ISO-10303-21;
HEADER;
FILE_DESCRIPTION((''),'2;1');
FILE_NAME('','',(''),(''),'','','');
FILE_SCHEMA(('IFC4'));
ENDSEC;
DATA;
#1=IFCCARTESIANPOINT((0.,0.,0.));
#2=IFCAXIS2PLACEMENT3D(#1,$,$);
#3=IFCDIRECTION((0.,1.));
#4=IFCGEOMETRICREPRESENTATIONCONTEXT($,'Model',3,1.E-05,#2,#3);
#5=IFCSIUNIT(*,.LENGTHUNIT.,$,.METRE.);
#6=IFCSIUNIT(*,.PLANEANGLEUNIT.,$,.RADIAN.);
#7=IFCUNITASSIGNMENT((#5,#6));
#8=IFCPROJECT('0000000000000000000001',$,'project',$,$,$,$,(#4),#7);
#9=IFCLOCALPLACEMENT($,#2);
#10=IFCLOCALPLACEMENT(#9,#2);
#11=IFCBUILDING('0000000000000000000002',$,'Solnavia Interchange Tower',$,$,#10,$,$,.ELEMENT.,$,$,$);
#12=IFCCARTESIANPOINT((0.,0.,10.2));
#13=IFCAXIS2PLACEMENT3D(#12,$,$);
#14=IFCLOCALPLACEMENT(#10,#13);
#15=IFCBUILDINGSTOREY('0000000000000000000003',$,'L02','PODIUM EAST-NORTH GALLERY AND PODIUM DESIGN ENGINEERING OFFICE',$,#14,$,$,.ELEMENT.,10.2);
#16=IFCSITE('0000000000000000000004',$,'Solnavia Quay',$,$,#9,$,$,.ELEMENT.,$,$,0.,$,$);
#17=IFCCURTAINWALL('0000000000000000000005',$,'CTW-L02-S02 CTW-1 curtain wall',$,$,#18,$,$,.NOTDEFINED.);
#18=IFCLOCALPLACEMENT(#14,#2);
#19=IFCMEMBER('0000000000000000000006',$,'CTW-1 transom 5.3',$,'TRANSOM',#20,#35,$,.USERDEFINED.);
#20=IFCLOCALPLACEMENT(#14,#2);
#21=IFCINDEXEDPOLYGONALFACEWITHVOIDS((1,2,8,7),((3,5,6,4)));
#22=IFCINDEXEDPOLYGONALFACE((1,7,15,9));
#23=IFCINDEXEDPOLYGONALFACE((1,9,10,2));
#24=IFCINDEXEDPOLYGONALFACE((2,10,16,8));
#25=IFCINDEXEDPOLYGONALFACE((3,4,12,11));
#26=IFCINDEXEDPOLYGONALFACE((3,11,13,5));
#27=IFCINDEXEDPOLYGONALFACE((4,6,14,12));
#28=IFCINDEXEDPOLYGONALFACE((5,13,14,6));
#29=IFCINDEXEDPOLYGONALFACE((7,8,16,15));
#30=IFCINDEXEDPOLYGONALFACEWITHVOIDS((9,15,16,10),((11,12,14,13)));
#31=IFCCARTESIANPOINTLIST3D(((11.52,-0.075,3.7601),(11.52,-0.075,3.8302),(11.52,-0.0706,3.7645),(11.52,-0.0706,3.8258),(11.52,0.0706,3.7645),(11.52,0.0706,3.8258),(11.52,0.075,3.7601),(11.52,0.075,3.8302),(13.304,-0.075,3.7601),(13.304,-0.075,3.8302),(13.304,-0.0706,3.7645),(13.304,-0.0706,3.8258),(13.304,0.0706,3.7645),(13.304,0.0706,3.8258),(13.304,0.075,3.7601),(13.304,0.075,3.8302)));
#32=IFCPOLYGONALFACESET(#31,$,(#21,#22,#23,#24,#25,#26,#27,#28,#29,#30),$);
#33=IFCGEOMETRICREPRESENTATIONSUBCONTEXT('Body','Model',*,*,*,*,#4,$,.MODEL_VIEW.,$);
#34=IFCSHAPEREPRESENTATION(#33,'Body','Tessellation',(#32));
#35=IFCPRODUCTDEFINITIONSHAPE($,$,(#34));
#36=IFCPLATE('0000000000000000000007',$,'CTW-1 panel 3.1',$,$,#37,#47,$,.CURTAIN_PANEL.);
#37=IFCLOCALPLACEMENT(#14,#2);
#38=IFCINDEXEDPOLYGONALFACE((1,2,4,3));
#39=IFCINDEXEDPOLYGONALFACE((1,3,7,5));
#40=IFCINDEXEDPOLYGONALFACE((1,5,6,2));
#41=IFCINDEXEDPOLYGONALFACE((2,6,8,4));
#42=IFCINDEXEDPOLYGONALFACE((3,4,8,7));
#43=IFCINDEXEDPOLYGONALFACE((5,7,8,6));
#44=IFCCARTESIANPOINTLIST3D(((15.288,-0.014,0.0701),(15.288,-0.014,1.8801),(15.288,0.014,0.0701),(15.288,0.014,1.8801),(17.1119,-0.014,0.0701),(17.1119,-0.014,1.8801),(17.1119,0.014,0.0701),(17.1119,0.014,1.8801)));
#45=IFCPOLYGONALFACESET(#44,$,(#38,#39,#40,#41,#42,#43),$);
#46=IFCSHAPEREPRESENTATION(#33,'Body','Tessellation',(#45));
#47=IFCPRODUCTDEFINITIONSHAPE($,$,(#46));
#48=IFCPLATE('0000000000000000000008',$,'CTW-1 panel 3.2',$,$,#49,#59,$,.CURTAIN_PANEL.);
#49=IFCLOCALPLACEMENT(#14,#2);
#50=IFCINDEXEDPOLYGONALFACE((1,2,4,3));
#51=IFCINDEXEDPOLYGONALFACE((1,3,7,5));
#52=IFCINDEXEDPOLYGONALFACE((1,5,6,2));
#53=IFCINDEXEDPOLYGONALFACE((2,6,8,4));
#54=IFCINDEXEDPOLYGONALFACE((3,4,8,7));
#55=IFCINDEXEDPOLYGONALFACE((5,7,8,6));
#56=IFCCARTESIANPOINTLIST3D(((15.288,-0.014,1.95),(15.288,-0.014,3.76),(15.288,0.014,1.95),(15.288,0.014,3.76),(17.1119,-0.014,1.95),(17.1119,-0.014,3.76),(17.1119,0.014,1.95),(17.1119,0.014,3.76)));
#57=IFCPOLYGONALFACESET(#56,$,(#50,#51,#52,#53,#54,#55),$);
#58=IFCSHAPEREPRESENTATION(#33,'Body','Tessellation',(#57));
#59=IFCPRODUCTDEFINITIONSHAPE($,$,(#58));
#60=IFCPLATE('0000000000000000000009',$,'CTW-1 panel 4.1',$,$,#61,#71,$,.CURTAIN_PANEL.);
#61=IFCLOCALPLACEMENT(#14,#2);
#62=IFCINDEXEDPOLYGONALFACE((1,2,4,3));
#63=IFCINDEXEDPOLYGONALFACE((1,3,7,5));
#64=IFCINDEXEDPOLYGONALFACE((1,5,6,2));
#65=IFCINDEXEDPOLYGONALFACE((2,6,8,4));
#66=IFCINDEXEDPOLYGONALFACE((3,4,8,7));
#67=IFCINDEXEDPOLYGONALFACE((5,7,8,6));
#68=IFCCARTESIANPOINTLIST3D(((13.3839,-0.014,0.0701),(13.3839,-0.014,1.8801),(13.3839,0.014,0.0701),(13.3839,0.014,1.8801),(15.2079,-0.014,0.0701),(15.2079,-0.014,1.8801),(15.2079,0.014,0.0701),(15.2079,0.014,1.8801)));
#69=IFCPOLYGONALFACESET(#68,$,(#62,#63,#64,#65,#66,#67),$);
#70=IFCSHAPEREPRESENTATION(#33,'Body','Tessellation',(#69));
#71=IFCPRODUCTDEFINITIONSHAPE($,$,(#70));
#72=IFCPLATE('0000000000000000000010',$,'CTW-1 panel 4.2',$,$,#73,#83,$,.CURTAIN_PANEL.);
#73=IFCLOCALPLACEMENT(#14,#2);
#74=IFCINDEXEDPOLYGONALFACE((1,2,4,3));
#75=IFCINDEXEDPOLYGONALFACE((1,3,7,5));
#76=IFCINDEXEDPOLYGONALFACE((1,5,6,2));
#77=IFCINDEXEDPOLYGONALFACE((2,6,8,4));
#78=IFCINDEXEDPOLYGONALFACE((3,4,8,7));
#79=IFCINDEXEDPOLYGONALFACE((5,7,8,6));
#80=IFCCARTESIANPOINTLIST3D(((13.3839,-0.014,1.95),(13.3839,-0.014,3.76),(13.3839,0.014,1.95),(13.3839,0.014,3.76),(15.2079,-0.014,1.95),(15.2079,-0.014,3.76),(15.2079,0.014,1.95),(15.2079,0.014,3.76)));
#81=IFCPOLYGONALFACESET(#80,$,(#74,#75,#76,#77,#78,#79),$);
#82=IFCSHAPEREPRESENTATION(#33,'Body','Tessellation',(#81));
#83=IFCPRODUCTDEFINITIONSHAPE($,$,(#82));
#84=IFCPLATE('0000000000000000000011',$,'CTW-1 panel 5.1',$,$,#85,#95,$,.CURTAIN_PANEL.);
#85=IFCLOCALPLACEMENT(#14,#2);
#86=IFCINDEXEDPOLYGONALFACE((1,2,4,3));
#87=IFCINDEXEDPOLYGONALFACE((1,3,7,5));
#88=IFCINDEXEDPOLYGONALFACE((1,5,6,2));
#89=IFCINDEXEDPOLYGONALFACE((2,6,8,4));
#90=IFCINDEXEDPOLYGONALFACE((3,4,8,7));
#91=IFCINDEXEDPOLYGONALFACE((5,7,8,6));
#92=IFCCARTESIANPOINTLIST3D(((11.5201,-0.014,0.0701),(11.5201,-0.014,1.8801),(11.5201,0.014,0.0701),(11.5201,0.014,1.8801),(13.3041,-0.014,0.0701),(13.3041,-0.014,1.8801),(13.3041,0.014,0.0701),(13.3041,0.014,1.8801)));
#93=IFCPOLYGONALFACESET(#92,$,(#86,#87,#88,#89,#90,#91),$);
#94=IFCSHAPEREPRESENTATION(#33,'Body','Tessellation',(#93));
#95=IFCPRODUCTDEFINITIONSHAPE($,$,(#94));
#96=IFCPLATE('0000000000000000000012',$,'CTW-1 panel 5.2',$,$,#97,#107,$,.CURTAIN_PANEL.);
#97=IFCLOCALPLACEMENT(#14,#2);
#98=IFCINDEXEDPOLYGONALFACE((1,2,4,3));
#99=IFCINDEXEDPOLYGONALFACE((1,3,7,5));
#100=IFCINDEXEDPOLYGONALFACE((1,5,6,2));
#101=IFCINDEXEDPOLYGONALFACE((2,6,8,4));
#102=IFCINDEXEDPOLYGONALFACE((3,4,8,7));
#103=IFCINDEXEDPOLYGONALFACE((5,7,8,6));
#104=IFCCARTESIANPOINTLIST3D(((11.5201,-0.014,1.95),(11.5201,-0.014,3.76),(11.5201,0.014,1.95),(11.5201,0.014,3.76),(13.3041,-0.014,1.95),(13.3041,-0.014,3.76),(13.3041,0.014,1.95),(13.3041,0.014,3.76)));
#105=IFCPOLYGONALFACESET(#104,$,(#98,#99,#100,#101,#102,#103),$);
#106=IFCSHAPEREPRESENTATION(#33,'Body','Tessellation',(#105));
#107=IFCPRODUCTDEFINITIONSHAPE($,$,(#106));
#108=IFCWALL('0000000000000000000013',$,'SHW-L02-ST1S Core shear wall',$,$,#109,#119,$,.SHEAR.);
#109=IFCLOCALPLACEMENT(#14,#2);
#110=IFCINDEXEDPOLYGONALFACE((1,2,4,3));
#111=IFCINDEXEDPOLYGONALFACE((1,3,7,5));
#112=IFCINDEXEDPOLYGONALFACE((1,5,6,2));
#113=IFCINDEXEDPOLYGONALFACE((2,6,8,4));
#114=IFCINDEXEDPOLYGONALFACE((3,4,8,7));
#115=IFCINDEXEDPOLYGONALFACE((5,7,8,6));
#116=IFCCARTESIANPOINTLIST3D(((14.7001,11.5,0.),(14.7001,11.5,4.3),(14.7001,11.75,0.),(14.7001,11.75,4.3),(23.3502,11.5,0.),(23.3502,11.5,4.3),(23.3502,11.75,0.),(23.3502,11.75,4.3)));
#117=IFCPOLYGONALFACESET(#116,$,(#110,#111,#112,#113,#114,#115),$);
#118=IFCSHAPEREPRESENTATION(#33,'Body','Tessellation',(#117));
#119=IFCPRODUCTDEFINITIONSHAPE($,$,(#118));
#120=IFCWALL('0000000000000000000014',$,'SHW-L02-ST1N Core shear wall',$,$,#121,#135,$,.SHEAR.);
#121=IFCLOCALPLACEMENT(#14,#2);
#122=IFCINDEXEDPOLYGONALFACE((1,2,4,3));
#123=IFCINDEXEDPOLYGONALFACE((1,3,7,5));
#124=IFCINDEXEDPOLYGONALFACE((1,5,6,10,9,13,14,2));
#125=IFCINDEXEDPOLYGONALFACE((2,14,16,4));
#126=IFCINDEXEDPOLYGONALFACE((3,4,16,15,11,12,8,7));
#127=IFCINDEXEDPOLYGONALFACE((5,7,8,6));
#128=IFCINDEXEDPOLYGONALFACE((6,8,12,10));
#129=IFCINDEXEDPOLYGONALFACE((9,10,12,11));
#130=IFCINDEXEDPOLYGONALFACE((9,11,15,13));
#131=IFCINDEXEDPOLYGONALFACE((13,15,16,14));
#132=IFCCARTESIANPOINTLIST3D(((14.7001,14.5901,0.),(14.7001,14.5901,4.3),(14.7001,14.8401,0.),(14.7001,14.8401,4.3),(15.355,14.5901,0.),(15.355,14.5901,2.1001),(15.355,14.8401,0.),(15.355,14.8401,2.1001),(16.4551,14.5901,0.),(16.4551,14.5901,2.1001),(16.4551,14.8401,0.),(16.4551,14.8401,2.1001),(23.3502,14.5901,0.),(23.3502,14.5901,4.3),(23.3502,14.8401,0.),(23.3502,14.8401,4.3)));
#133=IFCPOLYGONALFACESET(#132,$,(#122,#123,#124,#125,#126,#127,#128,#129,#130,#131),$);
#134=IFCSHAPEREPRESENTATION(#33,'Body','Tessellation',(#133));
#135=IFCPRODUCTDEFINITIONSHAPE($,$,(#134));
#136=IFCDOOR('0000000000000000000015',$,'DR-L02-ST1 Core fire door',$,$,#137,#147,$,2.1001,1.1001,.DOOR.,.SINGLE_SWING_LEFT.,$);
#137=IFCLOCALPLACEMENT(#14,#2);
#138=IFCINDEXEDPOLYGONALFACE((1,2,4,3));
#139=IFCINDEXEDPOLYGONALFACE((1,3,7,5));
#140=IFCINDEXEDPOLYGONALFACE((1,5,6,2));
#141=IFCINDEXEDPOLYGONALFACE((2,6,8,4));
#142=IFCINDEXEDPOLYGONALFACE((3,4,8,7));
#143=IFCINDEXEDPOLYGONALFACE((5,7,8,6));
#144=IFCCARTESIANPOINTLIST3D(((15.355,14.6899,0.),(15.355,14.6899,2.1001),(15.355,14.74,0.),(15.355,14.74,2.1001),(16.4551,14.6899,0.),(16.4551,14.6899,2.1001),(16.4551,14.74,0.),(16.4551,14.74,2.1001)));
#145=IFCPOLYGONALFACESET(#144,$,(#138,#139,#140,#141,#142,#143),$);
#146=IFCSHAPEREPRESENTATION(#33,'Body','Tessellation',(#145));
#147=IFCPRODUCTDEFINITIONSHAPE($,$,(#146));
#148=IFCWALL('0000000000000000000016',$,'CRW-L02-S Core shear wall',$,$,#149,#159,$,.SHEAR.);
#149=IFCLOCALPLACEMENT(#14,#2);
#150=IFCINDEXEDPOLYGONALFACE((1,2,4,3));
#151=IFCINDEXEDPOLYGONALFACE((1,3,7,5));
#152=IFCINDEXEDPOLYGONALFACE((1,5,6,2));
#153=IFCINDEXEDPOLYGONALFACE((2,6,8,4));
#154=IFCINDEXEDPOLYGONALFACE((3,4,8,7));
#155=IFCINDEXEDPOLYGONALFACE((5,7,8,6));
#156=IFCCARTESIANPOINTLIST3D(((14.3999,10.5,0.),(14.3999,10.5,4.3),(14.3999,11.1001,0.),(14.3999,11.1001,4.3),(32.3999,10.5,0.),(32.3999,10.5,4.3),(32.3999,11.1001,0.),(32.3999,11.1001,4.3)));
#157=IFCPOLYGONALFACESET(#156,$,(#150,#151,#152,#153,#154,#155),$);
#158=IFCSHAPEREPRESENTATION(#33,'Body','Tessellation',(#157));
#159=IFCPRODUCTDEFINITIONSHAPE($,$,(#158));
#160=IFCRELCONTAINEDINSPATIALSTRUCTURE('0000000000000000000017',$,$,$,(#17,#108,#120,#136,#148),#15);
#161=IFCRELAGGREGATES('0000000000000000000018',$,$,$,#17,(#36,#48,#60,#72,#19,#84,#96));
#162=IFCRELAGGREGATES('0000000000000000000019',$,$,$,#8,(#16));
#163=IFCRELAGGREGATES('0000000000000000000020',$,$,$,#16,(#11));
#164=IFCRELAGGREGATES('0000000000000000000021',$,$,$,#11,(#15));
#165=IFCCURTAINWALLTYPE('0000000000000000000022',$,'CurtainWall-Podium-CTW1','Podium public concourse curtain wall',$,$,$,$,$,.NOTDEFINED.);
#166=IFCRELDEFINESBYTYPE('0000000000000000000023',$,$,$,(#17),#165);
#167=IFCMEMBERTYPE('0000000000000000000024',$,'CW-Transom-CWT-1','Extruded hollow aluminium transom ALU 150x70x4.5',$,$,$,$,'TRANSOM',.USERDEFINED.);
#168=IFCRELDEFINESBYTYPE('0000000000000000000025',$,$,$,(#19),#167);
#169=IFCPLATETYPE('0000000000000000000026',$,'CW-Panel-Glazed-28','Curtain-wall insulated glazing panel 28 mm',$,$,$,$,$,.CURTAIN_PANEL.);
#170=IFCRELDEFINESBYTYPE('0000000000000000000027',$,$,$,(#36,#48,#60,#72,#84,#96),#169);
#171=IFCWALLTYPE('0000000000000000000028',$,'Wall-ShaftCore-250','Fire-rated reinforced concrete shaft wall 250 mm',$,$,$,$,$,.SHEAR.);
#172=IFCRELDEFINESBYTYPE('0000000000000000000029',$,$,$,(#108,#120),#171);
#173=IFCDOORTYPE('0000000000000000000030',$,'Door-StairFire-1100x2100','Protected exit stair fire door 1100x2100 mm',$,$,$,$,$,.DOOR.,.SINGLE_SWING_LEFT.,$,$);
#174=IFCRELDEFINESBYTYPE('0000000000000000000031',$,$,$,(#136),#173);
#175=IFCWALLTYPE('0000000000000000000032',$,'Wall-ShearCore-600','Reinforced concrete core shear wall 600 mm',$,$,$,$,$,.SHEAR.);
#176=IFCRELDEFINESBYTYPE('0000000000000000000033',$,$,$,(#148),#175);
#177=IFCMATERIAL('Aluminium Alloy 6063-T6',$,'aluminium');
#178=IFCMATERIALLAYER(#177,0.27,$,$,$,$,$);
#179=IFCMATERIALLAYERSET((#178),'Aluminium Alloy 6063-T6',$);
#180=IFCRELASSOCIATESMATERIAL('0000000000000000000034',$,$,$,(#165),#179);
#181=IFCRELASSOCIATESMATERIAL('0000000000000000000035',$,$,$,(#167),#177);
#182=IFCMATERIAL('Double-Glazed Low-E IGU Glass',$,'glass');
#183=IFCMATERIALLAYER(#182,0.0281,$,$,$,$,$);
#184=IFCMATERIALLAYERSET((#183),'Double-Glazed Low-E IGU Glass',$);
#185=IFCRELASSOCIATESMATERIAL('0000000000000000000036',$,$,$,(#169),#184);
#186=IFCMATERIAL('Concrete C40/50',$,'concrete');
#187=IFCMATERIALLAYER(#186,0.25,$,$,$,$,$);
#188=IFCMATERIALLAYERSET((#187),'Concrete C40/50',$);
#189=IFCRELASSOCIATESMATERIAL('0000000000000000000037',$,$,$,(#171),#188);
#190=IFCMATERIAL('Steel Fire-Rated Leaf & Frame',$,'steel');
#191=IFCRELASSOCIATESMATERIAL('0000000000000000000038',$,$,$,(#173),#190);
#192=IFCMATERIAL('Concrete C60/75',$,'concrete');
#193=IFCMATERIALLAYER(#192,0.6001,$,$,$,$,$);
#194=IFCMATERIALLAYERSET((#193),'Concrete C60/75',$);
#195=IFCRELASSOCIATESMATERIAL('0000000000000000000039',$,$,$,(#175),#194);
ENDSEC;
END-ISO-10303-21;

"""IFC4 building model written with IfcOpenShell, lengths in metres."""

from ifc_helpers import new_model, si_unit, direction, frame, frame_2d, origin, origin_2d, place, context, subcontext, project, spatial, rectangle, hollow_rectangle, extrude, material, layer, layer_set, material_profile, profile_set, type_object, element, fill, aggregate, save


model = new_model("IFC4")

# Units and contexts
model_context = context("Model", 3, precision=1e-05, world=origin(), true_north=direction((0.0, 1.0)))
body_context = subcontext(model_context, "Body", "Model", "MODEL_VIEW")
ifc_project = project(units=[si_unit("LENGTHUNIT", "METRE"), si_unit("PLANEANGLEUNIT", "RADIAN")], contexts=[model_context])

# Site, building, storey
site_placement = place(None, origin())
site = spatial("IfcSite", under=ifc_project, at=site_placement, Name="Solnavia Quay", CompositionType="ELEMENT", RefElevation=0.0)
building_placement = place(site_placement, origin())
building = spatial("IfcBuilding", under=site, at=building_placement, Name="Solnavia Interchange Tower", CompositionType="ELEMENT")
storey_placement = place(building_placement, frame((0.0, 0.0, 10.2)))
storey = spatial("IfcBuildingStorey", under=building, at=storey_placement, Name="L02", Description="PODIUM EAST-NORTH GALLERY AND PODIUM DESIGN ENGINEERING OFFICE", CompositionType="ELEMENT", Elevation=10.2)

# Shared definitions
ifc_material_1 = material(Name="Concrete C60/75", Category="concrete")

# Curtain wall, member, plates
ifc_material_2 = material(Name="Aluminium Alloy 6063-T6", Category="aluminium")
ifc_layer_1 = layer(ifc_material_2, 0.27)
ifc_layer_set_1 = layer_set([ifc_layer_1], Name="Aluminium Alloy 6063-T6")
curtain_wall_type = type_object("IfcCurtainWallType", Name="CurtainWall-Podium-CTW1", Description="Podium public concourse curtain wall", PredefinedType="NOTDEFINED", material=ifc_layer_set_1)
curtain_wall_placement = place(storey_placement, origin())
curtain_wall = element("IfcCurtainWall", 1, at=curtain_wall_placement, inside=storey, type_object=curtain_wall_type, Name="CTW-L02-S02 CTW-1 curtain wall", PredefinedType="NOTDEFINED")
ifc_material_profile_1 = material_profile(ifc_material_2, hollow_rectangle(XDim=0.0701, YDim=0.1499, WallThickness=0.0044, at=origin_2d()), Name="ALU 150x70x4.5")
ifc_profile_set_1 = profile_set([ifc_material_profile_1], Name="Aluminium Alloy 6063-T6")
member_type_1 = type_object("IfcMemberType", Name="CW-Transom-CWT-1", Description="Extruded hollow aluminium transom ALU 150x70x4.5", ElementType="TRANSOM", PredefinedType="USERDEFINED", material=ifc_profile_set_1)
member_1_placement = place(storey_placement, frame((13.304, 0.0, 3.7952), z_axis=(-1.0, 0.0, 0.0), x_axis=(0.0, 0.0, 1.0)))
member_1 = element("IfcMember", 2, at=member_1_placement, type_object=member_type_1, Name="CTW-1 transom 5.3", ObjectType="TRANSOM", PredefinedType="USERDEFINED", context=body_context, shape_type="SweptSolid", body=[
    extrude(hollow_rectangle(XDim=0.0701, YDim=0.1499, WallThickness=0.0044, at=origin_2d()), origin(), (0.0, 0.0, 1.0), 1.7839),
])
ifc_material_3 = material(Name="Double-Glazed Low-E IGU Glass", Category="glass")
ifc_layer_2 = layer(ifc_material_3, 0.0281)
ifc_layer_set_2 = layer_set([ifc_layer_2], Name="Double-Glazed Low-E IGU Glass")
plate_type = type_object("IfcPlateType", Name="CW-Panel-Glazed-28", Description="Curtain-wall insulated glazing panel 28 mm", PredefinedType="CURTAIN_PANEL", material=ifc_layer_set_2)
plate_1_placement = place(storey_placement, frame((16.2, 0.0, 0.0701), z_axis=(0.0, 0.0, 1.0), x_axis=(-1.0, 0.0, 0.0)))
plate_1 = element("IfcPlate", 3, at=plate_1_placement, type_object=plate_type, Name="CTW-1 panel 3.1", PredefinedType="CURTAIN_PANEL", context=body_context, shape_type="SweptSolid", body=[
    extrude(rectangle(XDim=1.824, YDim=0.0281, at=origin_2d()), origin(), (0.0, 0.0, 1.0), 1.8101),
])
plate_2_placement = place(storey_placement, frame((16.2, 0.0, 1.95), z_axis=(0.0, 0.0, 1.0), x_axis=(-1.0, 0.0, 0.0)))
plate_2 = element("IfcPlate", 4, at=plate_2_placement, type_object=plate_type, Name="CTW-1 panel 3.2", PredefinedType="CURTAIN_PANEL", context=body_context, shape_type="SweptSolid", body=[
    extrude(rectangle(XDim=1.824, YDim=0.0281, at=origin_2d()), origin(), (0.0, 0.0, 1.0), 1.8101),
])
plate_3_placement = place(storey_placement, frame((14.2959, 0.0, 0.0701), z_axis=(0.0, 0.0, 1.0), x_axis=(-1.0, 0.0, 0.0)))
plate_3 = element("IfcPlate", 5, at=plate_3_placement, type_object=plate_type, Name="CTW-1 panel 4.1", PredefinedType="CURTAIN_PANEL", context=body_context, shape_type="SweptSolid", body=[
    extrude(rectangle(XDim=1.824, YDim=0.0281, at=origin_2d()), origin(), (0.0, 0.0, 1.0), 1.8101),
])
plate_4_placement = place(storey_placement, frame((14.2959, 0.0, 1.95), z_axis=(0.0, 0.0, 1.0), x_axis=(-1.0, 0.0, 0.0)))
plate_4 = element("IfcPlate", 6, at=plate_4_placement, type_object=plate_type, Name="CTW-1 panel 4.2", PredefinedType="CURTAIN_PANEL", context=body_context, shape_type="SweptSolid", body=[
    extrude(rectangle(XDim=1.824, YDim=0.0281, at=origin_2d()), origin(), (0.0, 0.0, 1.0), 1.8101),
])
plate_5_placement = place(storey_placement, frame((12.4121, 0.0, 0.0701), z_axis=(0.0, 0.0, 1.0), x_axis=(-1.0, 0.0, 0.0)))
plate_5 = element("IfcPlate", 7, at=plate_5_placement, type_object=plate_type, Name="CTW-1 panel 5.1", PredefinedType="CURTAIN_PANEL", context=body_context, shape_type="SweptSolid", body=[
    extrude(rectangle(XDim=1.7839, YDim=0.0281, at=origin_2d()), origin(), (0.0, 0.0, 1.0), 1.8101),
])
plate_6_placement = place(storey_placement, frame((12.4121, 0.0, 1.95), z_axis=(0.0, 0.0, 1.0), x_axis=(-1.0, 0.0, 0.0)))
plate_6 = element("IfcPlate", 8, at=plate_6_placement, type_object=plate_type, Name="CTW-1 panel 5.2", PredefinedType="CURTAIN_PANEL", context=body_context, shape_type="SweptSolid", body=[
    extrude(rectangle(XDim=1.7839, YDim=0.0281, at=origin_2d()), origin(), (0.0, 0.0, 1.0), 1.8101),
])
aggregate(curtain_wall, [plate_1, plate_2, plate_3, plate_4, member_1, plate_5, plate_6])

# Wall
ifc_material_4 = material(Name="Concrete C40/50", Category="concrete")
ifc_layer_3 = layer(ifc_material_4, 0.25)
ifc_layer_set_3 = layer_set([ifc_layer_3], Name="Concrete C40/50")
wall_type_1 = type_object("IfcWallType", Name="Wall-ShaftCore-250", Description="Fire-rated reinforced concrete shaft wall 250 mm", PredefinedType="SHEAR", material=ifc_layer_set_3)
wall_1_placement = place(storey_placement, frame((14.7, 11.625, 0.0), z_axis=(0.0, 0.0, 1.0), x_axis=(1.0, 0.0, 0.0)))
element("IfcWall", 9, at=wall_1_placement, inside=storey, type_object=wall_type_1, Name="SHW-L02-ST1S Core shear wall", PredefinedType="SHEAR", context=body_context, shape_type="SweptSolid", body=[
    extrude(rectangle(XDim=8.6501, YDim=0.25, at=frame_2d((4.3252, 0.0))), origin(), (0.0, 0.0, 1.0), 4.3),
])

# Wall, opening, door
wall_2_placement = place(storey_placement, frame((14.7, 14.7151, 0.0), z_axis=(0.0, 0.0, 1.0), x_axis=(1.0, 0.0, 0.0)))
wall_2 = element("IfcWall", 10, at=wall_2_placement, inside=storey, type_object=wall_type_1, Name="SHW-L02-ST1N Core shear wall", PredefinedType="SHEAR", context=body_context, shape_type="SweptSolid", body=[
    extrude(rectangle(XDim=8.6501, YDim=0.25, at=frame_2d((4.3252, 0.0))), origin(), (0.0, 0.0, 1.0), 4.3),
])
opening_1_placement = place(wall_2_placement, frame((0.655, 0.0, 0.0)))
opening_1 = element("IfcOpeningElement", 11, at=opening_1_placement, cuts=wall_2, PredefinedType="OPENING", context=body_context, shape_type="SweptSolid", body=[
    extrude(rectangle(XDim=1.1001, YDim=2.1001, at=frame_2d((0.55, 1.05))), frame((0.0, 0.135, 0.0), z_axis=(0.0, -1.0, 0.0), x_axis=(1.0, 0.0, 0.0)), (0.0, 0.0, 1.0), 0.27),
])
ifc_material_5 = material(Name="Steel Fire-Rated Leaf & Frame", Category="steel")
door_type_1 = type_object("IfcDoorType", Name="Door-StairFire-1100x2100", Description="Protected exit stair fire door 1100x2100 mm", OperationType="SINGLE_SWING_LEFT", PredefinedType="DOOR", material=ifc_material_5)
door_1_placement = place(opening_1_placement, origin())
door_1 = element("IfcDoor", 12, at=door_1_placement, inside=storey, type_object=door_type_1, Name="DR-L02-ST1 Core fire door", OperationType="SINGLE_SWING_LEFT", OverallHeight=2.1001, OverallWidth=1.1001, PredefinedType="DOOR", context=body_context, shape_type="SweptSolid", body=[
    extrude(rectangle(XDim=1.1001, YDim=2.1001, at=frame_2d((0.55, 1.05))), frame((0.0, 0.0249, 0.0), z_axis=(0.0, -1.0, 0.0), x_axis=(1.0, 0.0, 0.0)), (0.0, 0.0, 1.0), 0.05),
])
fill(opening_1, door_1)

# Wall
ifc_layer_4 = layer(ifc_material_1, 0.6001)
ifc_layer_set_4 = layer_set([ifc_layer_4], Name="Concrete C60/75")
wall_type_2 = type_object("IfcWallType", Name="Wall-ShearCore-600", Description="Reinforced concrete core shear wall 600 mm", PredefinedType="SHEAR", material=ifc_layer_set_4)
wall_3_placement = place(storey_placement, frame((14.3999, 10.8, 0.0), z_axis=(0.0, 0.0, 1.0), x_axis=(1.0, 0.0, 0.0)))
element("IfcWall", 13, at=wall_3_placement, inside=storey, type_object=wall_type_2, Name="CRW-L02-S Core shear wall", PredefinedType="SHEAR", context=body_context, shape_type="SweptSolid", body=[
    extrude(rectangle(XDim=18.0, YDim=0.6001, at=frame_2d((9.0, 0.0))), origin(), (0.0, 0.0, 1.0), 4.3),
])

save(model, "model.ifc")
